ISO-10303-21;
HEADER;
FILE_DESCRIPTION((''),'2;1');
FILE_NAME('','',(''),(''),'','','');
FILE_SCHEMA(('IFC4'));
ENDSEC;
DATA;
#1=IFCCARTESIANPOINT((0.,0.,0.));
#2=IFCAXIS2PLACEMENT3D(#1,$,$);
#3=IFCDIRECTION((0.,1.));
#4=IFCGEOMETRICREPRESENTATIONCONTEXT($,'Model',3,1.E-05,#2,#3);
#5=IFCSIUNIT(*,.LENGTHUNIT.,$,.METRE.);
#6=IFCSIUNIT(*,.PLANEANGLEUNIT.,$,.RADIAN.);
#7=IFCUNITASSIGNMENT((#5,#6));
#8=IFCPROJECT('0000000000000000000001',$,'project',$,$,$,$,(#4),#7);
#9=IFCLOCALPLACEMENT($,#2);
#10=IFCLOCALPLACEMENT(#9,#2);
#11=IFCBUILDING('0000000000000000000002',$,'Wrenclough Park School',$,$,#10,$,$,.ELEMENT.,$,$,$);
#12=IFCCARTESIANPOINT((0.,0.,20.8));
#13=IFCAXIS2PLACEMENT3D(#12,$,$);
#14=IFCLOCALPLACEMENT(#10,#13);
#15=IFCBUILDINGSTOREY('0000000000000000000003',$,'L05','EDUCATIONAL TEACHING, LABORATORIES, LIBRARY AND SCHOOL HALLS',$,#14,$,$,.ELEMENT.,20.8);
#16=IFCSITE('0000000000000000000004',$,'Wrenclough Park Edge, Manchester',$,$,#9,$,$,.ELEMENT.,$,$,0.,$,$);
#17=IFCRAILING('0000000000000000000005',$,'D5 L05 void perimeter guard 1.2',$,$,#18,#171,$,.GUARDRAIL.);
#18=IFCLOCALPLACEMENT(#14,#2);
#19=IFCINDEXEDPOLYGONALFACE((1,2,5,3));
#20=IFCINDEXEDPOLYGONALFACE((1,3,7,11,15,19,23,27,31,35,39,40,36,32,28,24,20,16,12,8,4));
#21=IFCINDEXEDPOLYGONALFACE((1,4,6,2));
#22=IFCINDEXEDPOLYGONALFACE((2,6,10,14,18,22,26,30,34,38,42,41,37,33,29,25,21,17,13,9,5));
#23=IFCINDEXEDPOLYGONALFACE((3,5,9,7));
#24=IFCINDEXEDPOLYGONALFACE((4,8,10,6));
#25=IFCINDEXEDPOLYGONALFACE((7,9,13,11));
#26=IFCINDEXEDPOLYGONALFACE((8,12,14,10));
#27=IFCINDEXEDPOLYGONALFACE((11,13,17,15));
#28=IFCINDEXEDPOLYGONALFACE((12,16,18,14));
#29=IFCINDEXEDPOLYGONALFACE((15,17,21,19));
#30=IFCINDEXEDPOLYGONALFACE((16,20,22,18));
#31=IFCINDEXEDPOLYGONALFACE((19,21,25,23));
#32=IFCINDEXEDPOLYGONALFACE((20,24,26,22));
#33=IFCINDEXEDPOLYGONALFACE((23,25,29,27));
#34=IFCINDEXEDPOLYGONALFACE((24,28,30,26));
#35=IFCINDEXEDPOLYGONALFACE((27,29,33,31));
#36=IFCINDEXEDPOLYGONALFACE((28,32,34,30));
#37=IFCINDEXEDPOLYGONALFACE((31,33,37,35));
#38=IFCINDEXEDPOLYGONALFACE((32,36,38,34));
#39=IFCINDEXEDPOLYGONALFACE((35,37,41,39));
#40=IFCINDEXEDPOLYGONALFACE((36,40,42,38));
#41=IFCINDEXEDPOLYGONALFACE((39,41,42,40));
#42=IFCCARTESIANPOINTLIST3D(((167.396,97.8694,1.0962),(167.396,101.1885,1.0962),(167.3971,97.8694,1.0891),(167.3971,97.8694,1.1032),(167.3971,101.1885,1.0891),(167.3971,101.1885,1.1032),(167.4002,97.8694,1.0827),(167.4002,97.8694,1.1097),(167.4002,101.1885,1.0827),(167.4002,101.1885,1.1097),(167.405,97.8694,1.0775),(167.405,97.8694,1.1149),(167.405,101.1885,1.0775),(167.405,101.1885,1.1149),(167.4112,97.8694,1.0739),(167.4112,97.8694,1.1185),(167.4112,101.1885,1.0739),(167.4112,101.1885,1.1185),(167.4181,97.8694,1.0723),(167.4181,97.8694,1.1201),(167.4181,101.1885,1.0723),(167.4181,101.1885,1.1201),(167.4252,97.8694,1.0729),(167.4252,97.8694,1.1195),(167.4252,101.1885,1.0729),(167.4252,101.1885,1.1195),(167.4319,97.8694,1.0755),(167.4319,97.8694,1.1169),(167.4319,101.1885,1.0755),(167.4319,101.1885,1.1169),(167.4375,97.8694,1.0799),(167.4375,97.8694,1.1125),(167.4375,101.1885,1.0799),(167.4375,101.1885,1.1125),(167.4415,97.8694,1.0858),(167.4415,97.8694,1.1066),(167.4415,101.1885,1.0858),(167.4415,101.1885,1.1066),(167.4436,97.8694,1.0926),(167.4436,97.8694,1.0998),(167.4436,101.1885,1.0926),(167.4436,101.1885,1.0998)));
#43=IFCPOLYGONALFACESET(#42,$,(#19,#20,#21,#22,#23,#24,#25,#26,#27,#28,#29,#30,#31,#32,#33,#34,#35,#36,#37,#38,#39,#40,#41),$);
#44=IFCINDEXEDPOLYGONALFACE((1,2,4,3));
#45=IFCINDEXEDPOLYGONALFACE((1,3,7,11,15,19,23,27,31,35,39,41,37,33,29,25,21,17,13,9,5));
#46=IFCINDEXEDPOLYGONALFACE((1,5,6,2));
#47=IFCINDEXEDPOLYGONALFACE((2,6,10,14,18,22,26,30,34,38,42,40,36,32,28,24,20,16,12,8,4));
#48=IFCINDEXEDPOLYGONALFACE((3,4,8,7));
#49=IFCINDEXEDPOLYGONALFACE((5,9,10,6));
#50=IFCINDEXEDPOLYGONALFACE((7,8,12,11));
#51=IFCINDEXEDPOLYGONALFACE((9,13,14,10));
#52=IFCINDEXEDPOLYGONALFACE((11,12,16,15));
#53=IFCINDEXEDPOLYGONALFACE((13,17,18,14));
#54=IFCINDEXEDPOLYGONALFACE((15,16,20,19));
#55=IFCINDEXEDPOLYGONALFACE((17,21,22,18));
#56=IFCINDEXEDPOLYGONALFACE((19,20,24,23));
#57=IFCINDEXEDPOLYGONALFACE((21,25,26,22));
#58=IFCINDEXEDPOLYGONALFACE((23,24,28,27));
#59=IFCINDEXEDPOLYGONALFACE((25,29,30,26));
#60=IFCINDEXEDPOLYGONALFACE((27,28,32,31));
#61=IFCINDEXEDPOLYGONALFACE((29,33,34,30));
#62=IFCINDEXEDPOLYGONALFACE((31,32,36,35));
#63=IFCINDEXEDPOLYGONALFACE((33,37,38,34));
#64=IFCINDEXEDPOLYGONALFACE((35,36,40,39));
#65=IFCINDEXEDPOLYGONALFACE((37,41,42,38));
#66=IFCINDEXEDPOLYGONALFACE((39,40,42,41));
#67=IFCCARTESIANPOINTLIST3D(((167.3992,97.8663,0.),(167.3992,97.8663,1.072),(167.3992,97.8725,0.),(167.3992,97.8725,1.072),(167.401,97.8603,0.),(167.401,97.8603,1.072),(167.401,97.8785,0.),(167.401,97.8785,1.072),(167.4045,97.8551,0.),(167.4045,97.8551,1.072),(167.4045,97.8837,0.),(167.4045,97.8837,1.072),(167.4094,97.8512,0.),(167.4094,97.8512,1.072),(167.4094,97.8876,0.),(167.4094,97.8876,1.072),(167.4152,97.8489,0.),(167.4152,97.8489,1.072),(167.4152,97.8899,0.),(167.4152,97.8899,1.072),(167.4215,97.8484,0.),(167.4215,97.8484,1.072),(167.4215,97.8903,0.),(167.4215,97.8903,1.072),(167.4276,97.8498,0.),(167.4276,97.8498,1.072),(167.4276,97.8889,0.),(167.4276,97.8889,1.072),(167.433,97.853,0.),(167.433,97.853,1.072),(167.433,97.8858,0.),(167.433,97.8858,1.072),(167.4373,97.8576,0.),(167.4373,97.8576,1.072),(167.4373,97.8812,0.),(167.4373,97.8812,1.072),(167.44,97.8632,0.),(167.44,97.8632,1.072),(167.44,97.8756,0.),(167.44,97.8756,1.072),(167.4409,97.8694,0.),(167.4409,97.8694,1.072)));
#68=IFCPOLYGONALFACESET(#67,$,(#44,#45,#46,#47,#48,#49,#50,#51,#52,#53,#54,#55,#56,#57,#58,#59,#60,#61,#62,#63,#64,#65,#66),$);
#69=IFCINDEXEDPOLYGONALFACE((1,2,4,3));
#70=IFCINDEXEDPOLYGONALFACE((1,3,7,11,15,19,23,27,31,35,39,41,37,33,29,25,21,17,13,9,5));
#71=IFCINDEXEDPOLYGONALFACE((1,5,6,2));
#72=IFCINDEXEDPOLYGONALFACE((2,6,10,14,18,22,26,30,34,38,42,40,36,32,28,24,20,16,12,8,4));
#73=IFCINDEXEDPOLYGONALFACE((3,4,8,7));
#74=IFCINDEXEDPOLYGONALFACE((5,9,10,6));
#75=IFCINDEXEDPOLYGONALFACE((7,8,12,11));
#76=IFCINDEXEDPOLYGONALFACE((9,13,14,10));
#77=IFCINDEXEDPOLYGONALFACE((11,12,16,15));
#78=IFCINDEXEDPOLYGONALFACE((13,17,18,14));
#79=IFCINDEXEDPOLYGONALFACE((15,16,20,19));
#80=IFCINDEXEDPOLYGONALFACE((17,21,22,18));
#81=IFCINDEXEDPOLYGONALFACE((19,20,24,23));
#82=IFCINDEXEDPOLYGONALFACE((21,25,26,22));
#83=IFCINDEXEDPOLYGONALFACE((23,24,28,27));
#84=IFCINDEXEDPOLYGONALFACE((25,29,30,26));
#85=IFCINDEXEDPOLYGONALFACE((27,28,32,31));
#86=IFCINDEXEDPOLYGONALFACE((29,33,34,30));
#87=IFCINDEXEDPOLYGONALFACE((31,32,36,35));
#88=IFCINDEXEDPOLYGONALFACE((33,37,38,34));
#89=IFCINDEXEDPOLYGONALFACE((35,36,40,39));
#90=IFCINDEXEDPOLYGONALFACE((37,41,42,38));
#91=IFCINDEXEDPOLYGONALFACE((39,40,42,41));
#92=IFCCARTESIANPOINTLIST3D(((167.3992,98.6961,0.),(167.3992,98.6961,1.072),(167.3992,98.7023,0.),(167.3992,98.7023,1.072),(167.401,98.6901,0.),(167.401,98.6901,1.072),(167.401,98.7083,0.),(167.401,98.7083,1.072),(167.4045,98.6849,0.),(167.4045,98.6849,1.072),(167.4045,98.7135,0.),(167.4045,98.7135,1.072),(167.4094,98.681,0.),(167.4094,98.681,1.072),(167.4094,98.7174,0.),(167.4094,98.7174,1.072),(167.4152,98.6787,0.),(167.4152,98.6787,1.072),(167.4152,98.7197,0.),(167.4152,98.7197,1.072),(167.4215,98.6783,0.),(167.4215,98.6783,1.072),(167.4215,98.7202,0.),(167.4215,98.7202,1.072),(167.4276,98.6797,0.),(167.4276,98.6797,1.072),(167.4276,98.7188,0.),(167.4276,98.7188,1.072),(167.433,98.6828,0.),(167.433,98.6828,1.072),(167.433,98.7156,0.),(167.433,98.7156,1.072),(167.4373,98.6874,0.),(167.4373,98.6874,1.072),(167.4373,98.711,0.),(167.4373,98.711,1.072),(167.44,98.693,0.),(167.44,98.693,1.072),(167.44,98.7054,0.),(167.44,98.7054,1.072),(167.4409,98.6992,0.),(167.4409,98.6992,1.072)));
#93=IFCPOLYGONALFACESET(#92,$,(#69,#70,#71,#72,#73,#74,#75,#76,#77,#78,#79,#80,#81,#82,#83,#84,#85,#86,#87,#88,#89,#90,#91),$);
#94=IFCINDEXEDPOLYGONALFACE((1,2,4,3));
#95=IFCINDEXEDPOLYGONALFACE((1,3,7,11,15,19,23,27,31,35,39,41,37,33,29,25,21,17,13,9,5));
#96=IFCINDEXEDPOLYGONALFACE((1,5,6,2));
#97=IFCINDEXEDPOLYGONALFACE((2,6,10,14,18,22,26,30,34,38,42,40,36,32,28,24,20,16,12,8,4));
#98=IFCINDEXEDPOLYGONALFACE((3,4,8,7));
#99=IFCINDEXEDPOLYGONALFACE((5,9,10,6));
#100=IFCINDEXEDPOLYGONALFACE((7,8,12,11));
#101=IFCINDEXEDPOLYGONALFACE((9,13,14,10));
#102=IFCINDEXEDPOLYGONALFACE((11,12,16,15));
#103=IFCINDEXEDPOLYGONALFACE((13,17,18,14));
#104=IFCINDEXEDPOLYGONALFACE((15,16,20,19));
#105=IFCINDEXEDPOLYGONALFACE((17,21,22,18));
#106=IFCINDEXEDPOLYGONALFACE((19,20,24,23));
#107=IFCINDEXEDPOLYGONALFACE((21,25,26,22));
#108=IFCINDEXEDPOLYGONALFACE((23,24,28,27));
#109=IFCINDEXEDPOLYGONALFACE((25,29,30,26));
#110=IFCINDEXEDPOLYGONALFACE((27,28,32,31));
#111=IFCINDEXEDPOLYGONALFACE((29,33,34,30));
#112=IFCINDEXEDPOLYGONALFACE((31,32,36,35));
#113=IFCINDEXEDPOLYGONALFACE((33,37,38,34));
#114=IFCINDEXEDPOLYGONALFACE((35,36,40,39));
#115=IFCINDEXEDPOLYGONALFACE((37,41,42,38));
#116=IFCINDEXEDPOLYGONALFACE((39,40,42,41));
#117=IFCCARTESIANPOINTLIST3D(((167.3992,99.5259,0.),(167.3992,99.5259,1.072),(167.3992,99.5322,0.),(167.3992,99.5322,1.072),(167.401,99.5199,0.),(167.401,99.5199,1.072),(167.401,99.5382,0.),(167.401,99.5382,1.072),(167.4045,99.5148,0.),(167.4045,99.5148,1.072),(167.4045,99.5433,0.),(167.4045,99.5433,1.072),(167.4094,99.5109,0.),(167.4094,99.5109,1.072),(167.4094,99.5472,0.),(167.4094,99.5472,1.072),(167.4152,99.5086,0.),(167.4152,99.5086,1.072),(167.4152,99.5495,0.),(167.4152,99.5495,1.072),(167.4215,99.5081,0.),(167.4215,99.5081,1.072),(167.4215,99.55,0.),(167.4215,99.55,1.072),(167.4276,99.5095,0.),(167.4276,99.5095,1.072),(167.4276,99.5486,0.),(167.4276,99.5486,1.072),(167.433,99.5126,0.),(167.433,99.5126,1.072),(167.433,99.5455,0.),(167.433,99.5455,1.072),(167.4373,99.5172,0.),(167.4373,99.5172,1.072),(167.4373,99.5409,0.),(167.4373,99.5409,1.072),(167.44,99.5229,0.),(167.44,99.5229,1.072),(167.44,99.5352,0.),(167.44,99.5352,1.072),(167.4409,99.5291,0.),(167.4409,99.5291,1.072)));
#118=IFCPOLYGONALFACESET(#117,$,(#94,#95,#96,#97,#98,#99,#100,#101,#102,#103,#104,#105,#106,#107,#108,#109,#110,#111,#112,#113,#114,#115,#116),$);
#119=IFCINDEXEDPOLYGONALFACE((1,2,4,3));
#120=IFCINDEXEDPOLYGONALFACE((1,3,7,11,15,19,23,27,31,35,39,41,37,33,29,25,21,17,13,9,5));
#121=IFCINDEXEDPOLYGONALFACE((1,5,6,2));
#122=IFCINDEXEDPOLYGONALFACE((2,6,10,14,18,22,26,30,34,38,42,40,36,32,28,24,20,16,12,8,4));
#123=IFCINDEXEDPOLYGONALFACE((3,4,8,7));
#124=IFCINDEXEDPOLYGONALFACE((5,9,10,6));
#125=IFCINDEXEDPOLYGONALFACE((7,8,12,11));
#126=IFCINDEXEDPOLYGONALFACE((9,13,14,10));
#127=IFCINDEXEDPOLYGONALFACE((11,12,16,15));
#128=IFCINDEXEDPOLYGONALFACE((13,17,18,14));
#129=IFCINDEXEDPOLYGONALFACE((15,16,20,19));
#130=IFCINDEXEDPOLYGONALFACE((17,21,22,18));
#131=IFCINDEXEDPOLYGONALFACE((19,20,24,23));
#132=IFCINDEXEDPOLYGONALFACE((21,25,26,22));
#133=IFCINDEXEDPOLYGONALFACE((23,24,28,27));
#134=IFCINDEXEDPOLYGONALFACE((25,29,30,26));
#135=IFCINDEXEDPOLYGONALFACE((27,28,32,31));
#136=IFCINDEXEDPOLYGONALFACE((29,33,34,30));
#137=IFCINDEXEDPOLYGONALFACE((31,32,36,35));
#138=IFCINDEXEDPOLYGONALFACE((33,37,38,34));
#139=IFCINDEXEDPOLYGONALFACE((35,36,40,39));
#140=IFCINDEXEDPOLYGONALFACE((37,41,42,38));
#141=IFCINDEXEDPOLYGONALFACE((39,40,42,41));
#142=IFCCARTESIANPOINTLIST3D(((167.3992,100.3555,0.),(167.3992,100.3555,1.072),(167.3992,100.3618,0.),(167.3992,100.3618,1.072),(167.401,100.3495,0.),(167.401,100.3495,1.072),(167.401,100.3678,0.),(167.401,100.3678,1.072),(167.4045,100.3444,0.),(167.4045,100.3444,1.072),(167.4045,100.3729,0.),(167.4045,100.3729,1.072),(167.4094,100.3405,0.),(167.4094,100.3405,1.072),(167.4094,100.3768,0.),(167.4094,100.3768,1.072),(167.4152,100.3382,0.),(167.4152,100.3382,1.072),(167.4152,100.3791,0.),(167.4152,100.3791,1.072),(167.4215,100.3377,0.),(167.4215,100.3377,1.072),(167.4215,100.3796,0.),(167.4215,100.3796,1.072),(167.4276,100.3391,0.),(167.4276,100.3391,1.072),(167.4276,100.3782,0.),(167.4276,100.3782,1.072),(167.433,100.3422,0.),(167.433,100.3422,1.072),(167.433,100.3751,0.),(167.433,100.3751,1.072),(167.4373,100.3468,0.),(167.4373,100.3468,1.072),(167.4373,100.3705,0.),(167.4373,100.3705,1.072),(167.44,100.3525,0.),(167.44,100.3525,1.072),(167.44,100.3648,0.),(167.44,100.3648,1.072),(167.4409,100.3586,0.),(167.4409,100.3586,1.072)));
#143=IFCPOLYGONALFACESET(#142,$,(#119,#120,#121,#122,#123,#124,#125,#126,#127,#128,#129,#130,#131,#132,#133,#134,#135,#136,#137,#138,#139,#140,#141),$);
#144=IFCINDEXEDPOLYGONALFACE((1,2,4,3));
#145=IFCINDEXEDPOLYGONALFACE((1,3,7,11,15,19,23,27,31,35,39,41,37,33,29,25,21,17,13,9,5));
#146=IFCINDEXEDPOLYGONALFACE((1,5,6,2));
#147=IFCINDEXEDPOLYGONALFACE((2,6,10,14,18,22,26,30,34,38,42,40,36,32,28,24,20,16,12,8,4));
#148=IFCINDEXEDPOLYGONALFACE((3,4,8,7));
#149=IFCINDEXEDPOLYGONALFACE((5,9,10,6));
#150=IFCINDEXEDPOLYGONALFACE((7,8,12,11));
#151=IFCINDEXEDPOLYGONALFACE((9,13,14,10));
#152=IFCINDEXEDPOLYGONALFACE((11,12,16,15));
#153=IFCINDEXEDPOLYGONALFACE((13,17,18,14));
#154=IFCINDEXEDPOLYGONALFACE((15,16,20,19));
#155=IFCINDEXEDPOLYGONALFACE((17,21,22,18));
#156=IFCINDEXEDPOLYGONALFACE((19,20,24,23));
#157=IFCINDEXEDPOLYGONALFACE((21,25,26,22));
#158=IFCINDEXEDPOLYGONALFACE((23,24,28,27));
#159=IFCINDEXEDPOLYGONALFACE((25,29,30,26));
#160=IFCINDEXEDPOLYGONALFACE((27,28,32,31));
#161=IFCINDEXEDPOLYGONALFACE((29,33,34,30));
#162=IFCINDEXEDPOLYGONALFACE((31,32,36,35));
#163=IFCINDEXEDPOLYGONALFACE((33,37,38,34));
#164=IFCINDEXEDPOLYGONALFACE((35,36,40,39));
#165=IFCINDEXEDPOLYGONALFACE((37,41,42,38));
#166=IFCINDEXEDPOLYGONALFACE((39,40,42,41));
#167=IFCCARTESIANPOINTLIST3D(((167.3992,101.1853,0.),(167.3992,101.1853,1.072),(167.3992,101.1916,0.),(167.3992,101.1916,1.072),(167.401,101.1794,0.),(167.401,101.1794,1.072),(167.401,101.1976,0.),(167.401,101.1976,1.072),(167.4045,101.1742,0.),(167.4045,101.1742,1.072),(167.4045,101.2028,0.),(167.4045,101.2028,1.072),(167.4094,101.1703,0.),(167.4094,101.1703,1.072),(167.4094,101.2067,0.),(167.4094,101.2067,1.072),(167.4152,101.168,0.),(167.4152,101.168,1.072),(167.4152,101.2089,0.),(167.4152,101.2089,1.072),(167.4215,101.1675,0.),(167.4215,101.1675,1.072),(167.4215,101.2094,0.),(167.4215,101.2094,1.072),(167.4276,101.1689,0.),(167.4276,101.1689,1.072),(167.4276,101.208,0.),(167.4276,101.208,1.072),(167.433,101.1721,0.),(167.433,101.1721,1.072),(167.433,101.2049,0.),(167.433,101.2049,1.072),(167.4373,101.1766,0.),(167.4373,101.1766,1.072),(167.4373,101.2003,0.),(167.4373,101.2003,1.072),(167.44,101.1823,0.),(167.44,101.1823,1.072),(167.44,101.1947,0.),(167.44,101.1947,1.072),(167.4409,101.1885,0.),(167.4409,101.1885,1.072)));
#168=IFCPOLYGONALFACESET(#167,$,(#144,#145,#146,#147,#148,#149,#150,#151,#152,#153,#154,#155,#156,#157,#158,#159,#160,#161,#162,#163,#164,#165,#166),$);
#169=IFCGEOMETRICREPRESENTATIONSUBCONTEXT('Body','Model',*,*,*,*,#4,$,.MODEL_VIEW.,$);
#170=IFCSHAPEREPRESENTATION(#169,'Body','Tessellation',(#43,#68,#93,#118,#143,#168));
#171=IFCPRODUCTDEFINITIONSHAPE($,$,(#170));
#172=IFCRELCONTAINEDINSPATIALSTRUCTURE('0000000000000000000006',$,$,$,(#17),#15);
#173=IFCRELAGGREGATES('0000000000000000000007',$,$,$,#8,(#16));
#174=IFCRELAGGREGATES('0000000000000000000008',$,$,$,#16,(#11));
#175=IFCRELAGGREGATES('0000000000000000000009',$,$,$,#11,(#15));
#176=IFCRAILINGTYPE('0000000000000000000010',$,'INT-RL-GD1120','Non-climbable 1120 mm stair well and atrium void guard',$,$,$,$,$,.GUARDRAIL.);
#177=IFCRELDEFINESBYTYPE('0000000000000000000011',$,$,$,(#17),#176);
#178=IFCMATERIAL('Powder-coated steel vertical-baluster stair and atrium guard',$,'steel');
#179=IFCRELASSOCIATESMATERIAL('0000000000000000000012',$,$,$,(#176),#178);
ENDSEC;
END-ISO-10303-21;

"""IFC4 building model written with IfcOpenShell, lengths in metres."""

from ifc_helpers import new_model, si_unit, direction, frame, origin, origin_2d, place, context, subcontext, project, spatial, circle, extrude, material, type_object, element, save


model = new_model("IFC4")

# Units and contexts
model_context = context("Model", 3, precision=1e-05, world=origin(), true_north=direction((0.0, 1.0)))
body_context = subcontext(model_context, "Body", "Model", "MODEL_VIEW")
ifc_project = project(units=[si_unit("LENGTHUNIT", "METRE"), si_unit("PLANEANGLEUNIT", "RADIAN")], contexts=[model_context])

# Site, building, storey
site_placement = place(None, origin())
site = spatial("IfcSite", under=ifc_project, at=site_placement, Name="Wrenclough Park Edge, Manchester", CompositionType="ELEMENT", RefElevation=0.0)
building_placement = place(site_placement, origin())
building = spatial("IfcBuilding", under=site, at=building_placement, Name="Wrenclough Park School", CompositionType="ELEMENT")
storey_placement = place(building_placement, frame((0.0, 0.0, 20.8)))
storey = spatial("IfcBuildingStorey", under=building, at=storey_placement, Name="L05", Description="EDUCATIONAL TEACHING, LABORATORIES, LIBRARY AND SCHOOL HALLS", CompositionType="ELEMENT", Elevation=20.8)

# Railing
ifc_material_1 = material(Name="Powder-coated steel vertical-baluster stair and atrium guard", Category="steel")
railing_type = type_object("IfcRailingType", Name="INT-RL-GD1120", Description="Non-climbable 1120 mm stair well and atrium void guard", PredefinedType="GUARDRAIL", material=ifc_material_1)
railing_1_placement = place(storey_placement, frame((167.4199, 97.8694, 0.0)))
element("IfcRailing", 1, at=railing_1_placement, inside=storey, type_object=railing_type, Name="D5 L05 void perimeter guard 1.2", PredefinedType="GUARDRAIL", context=body_context, shape_type="SweptSolid", body=[
    extrude(circle(Radius=0.0239, at=origin_2d()), frame((0.0, 0.0, 1.0962), z_axis=(0.0, 1.0, 0.0), x_axis=(-1.0, 0.0, 0.0)), (0.0, 0.0, 1.0), 3.3191),
    extrude(circle(Radius=0.021, at=origin_2d()), origin(), (0.0, 0.0, 1.0), 1.072),
    extrude(circle(Radius=0.021, at=origin_2d()), frame((0.0, 0.8298, 0.0)), (0.0, 0.0, 1.0), 1.072),
    extrude(circle(Radius=0.021, at=origin_2d()), frame((0.0, 1.6597, 0.0)), (0.0, 0.0, 1.0), 1.072),
    extrude(circle(Radius=0.021, at=origin_2d()), frame((0.0, 2.4893, 0.0)), (0.0, 0.0, 1.0), 1.072),
    extrude(circle(Radius=0.021, at=origin_2d()), frame((0.0, 3.3191, 0.0)), (0.0, 0.0, 1.0), 1.072),
])

save(model, "model.ifc")
